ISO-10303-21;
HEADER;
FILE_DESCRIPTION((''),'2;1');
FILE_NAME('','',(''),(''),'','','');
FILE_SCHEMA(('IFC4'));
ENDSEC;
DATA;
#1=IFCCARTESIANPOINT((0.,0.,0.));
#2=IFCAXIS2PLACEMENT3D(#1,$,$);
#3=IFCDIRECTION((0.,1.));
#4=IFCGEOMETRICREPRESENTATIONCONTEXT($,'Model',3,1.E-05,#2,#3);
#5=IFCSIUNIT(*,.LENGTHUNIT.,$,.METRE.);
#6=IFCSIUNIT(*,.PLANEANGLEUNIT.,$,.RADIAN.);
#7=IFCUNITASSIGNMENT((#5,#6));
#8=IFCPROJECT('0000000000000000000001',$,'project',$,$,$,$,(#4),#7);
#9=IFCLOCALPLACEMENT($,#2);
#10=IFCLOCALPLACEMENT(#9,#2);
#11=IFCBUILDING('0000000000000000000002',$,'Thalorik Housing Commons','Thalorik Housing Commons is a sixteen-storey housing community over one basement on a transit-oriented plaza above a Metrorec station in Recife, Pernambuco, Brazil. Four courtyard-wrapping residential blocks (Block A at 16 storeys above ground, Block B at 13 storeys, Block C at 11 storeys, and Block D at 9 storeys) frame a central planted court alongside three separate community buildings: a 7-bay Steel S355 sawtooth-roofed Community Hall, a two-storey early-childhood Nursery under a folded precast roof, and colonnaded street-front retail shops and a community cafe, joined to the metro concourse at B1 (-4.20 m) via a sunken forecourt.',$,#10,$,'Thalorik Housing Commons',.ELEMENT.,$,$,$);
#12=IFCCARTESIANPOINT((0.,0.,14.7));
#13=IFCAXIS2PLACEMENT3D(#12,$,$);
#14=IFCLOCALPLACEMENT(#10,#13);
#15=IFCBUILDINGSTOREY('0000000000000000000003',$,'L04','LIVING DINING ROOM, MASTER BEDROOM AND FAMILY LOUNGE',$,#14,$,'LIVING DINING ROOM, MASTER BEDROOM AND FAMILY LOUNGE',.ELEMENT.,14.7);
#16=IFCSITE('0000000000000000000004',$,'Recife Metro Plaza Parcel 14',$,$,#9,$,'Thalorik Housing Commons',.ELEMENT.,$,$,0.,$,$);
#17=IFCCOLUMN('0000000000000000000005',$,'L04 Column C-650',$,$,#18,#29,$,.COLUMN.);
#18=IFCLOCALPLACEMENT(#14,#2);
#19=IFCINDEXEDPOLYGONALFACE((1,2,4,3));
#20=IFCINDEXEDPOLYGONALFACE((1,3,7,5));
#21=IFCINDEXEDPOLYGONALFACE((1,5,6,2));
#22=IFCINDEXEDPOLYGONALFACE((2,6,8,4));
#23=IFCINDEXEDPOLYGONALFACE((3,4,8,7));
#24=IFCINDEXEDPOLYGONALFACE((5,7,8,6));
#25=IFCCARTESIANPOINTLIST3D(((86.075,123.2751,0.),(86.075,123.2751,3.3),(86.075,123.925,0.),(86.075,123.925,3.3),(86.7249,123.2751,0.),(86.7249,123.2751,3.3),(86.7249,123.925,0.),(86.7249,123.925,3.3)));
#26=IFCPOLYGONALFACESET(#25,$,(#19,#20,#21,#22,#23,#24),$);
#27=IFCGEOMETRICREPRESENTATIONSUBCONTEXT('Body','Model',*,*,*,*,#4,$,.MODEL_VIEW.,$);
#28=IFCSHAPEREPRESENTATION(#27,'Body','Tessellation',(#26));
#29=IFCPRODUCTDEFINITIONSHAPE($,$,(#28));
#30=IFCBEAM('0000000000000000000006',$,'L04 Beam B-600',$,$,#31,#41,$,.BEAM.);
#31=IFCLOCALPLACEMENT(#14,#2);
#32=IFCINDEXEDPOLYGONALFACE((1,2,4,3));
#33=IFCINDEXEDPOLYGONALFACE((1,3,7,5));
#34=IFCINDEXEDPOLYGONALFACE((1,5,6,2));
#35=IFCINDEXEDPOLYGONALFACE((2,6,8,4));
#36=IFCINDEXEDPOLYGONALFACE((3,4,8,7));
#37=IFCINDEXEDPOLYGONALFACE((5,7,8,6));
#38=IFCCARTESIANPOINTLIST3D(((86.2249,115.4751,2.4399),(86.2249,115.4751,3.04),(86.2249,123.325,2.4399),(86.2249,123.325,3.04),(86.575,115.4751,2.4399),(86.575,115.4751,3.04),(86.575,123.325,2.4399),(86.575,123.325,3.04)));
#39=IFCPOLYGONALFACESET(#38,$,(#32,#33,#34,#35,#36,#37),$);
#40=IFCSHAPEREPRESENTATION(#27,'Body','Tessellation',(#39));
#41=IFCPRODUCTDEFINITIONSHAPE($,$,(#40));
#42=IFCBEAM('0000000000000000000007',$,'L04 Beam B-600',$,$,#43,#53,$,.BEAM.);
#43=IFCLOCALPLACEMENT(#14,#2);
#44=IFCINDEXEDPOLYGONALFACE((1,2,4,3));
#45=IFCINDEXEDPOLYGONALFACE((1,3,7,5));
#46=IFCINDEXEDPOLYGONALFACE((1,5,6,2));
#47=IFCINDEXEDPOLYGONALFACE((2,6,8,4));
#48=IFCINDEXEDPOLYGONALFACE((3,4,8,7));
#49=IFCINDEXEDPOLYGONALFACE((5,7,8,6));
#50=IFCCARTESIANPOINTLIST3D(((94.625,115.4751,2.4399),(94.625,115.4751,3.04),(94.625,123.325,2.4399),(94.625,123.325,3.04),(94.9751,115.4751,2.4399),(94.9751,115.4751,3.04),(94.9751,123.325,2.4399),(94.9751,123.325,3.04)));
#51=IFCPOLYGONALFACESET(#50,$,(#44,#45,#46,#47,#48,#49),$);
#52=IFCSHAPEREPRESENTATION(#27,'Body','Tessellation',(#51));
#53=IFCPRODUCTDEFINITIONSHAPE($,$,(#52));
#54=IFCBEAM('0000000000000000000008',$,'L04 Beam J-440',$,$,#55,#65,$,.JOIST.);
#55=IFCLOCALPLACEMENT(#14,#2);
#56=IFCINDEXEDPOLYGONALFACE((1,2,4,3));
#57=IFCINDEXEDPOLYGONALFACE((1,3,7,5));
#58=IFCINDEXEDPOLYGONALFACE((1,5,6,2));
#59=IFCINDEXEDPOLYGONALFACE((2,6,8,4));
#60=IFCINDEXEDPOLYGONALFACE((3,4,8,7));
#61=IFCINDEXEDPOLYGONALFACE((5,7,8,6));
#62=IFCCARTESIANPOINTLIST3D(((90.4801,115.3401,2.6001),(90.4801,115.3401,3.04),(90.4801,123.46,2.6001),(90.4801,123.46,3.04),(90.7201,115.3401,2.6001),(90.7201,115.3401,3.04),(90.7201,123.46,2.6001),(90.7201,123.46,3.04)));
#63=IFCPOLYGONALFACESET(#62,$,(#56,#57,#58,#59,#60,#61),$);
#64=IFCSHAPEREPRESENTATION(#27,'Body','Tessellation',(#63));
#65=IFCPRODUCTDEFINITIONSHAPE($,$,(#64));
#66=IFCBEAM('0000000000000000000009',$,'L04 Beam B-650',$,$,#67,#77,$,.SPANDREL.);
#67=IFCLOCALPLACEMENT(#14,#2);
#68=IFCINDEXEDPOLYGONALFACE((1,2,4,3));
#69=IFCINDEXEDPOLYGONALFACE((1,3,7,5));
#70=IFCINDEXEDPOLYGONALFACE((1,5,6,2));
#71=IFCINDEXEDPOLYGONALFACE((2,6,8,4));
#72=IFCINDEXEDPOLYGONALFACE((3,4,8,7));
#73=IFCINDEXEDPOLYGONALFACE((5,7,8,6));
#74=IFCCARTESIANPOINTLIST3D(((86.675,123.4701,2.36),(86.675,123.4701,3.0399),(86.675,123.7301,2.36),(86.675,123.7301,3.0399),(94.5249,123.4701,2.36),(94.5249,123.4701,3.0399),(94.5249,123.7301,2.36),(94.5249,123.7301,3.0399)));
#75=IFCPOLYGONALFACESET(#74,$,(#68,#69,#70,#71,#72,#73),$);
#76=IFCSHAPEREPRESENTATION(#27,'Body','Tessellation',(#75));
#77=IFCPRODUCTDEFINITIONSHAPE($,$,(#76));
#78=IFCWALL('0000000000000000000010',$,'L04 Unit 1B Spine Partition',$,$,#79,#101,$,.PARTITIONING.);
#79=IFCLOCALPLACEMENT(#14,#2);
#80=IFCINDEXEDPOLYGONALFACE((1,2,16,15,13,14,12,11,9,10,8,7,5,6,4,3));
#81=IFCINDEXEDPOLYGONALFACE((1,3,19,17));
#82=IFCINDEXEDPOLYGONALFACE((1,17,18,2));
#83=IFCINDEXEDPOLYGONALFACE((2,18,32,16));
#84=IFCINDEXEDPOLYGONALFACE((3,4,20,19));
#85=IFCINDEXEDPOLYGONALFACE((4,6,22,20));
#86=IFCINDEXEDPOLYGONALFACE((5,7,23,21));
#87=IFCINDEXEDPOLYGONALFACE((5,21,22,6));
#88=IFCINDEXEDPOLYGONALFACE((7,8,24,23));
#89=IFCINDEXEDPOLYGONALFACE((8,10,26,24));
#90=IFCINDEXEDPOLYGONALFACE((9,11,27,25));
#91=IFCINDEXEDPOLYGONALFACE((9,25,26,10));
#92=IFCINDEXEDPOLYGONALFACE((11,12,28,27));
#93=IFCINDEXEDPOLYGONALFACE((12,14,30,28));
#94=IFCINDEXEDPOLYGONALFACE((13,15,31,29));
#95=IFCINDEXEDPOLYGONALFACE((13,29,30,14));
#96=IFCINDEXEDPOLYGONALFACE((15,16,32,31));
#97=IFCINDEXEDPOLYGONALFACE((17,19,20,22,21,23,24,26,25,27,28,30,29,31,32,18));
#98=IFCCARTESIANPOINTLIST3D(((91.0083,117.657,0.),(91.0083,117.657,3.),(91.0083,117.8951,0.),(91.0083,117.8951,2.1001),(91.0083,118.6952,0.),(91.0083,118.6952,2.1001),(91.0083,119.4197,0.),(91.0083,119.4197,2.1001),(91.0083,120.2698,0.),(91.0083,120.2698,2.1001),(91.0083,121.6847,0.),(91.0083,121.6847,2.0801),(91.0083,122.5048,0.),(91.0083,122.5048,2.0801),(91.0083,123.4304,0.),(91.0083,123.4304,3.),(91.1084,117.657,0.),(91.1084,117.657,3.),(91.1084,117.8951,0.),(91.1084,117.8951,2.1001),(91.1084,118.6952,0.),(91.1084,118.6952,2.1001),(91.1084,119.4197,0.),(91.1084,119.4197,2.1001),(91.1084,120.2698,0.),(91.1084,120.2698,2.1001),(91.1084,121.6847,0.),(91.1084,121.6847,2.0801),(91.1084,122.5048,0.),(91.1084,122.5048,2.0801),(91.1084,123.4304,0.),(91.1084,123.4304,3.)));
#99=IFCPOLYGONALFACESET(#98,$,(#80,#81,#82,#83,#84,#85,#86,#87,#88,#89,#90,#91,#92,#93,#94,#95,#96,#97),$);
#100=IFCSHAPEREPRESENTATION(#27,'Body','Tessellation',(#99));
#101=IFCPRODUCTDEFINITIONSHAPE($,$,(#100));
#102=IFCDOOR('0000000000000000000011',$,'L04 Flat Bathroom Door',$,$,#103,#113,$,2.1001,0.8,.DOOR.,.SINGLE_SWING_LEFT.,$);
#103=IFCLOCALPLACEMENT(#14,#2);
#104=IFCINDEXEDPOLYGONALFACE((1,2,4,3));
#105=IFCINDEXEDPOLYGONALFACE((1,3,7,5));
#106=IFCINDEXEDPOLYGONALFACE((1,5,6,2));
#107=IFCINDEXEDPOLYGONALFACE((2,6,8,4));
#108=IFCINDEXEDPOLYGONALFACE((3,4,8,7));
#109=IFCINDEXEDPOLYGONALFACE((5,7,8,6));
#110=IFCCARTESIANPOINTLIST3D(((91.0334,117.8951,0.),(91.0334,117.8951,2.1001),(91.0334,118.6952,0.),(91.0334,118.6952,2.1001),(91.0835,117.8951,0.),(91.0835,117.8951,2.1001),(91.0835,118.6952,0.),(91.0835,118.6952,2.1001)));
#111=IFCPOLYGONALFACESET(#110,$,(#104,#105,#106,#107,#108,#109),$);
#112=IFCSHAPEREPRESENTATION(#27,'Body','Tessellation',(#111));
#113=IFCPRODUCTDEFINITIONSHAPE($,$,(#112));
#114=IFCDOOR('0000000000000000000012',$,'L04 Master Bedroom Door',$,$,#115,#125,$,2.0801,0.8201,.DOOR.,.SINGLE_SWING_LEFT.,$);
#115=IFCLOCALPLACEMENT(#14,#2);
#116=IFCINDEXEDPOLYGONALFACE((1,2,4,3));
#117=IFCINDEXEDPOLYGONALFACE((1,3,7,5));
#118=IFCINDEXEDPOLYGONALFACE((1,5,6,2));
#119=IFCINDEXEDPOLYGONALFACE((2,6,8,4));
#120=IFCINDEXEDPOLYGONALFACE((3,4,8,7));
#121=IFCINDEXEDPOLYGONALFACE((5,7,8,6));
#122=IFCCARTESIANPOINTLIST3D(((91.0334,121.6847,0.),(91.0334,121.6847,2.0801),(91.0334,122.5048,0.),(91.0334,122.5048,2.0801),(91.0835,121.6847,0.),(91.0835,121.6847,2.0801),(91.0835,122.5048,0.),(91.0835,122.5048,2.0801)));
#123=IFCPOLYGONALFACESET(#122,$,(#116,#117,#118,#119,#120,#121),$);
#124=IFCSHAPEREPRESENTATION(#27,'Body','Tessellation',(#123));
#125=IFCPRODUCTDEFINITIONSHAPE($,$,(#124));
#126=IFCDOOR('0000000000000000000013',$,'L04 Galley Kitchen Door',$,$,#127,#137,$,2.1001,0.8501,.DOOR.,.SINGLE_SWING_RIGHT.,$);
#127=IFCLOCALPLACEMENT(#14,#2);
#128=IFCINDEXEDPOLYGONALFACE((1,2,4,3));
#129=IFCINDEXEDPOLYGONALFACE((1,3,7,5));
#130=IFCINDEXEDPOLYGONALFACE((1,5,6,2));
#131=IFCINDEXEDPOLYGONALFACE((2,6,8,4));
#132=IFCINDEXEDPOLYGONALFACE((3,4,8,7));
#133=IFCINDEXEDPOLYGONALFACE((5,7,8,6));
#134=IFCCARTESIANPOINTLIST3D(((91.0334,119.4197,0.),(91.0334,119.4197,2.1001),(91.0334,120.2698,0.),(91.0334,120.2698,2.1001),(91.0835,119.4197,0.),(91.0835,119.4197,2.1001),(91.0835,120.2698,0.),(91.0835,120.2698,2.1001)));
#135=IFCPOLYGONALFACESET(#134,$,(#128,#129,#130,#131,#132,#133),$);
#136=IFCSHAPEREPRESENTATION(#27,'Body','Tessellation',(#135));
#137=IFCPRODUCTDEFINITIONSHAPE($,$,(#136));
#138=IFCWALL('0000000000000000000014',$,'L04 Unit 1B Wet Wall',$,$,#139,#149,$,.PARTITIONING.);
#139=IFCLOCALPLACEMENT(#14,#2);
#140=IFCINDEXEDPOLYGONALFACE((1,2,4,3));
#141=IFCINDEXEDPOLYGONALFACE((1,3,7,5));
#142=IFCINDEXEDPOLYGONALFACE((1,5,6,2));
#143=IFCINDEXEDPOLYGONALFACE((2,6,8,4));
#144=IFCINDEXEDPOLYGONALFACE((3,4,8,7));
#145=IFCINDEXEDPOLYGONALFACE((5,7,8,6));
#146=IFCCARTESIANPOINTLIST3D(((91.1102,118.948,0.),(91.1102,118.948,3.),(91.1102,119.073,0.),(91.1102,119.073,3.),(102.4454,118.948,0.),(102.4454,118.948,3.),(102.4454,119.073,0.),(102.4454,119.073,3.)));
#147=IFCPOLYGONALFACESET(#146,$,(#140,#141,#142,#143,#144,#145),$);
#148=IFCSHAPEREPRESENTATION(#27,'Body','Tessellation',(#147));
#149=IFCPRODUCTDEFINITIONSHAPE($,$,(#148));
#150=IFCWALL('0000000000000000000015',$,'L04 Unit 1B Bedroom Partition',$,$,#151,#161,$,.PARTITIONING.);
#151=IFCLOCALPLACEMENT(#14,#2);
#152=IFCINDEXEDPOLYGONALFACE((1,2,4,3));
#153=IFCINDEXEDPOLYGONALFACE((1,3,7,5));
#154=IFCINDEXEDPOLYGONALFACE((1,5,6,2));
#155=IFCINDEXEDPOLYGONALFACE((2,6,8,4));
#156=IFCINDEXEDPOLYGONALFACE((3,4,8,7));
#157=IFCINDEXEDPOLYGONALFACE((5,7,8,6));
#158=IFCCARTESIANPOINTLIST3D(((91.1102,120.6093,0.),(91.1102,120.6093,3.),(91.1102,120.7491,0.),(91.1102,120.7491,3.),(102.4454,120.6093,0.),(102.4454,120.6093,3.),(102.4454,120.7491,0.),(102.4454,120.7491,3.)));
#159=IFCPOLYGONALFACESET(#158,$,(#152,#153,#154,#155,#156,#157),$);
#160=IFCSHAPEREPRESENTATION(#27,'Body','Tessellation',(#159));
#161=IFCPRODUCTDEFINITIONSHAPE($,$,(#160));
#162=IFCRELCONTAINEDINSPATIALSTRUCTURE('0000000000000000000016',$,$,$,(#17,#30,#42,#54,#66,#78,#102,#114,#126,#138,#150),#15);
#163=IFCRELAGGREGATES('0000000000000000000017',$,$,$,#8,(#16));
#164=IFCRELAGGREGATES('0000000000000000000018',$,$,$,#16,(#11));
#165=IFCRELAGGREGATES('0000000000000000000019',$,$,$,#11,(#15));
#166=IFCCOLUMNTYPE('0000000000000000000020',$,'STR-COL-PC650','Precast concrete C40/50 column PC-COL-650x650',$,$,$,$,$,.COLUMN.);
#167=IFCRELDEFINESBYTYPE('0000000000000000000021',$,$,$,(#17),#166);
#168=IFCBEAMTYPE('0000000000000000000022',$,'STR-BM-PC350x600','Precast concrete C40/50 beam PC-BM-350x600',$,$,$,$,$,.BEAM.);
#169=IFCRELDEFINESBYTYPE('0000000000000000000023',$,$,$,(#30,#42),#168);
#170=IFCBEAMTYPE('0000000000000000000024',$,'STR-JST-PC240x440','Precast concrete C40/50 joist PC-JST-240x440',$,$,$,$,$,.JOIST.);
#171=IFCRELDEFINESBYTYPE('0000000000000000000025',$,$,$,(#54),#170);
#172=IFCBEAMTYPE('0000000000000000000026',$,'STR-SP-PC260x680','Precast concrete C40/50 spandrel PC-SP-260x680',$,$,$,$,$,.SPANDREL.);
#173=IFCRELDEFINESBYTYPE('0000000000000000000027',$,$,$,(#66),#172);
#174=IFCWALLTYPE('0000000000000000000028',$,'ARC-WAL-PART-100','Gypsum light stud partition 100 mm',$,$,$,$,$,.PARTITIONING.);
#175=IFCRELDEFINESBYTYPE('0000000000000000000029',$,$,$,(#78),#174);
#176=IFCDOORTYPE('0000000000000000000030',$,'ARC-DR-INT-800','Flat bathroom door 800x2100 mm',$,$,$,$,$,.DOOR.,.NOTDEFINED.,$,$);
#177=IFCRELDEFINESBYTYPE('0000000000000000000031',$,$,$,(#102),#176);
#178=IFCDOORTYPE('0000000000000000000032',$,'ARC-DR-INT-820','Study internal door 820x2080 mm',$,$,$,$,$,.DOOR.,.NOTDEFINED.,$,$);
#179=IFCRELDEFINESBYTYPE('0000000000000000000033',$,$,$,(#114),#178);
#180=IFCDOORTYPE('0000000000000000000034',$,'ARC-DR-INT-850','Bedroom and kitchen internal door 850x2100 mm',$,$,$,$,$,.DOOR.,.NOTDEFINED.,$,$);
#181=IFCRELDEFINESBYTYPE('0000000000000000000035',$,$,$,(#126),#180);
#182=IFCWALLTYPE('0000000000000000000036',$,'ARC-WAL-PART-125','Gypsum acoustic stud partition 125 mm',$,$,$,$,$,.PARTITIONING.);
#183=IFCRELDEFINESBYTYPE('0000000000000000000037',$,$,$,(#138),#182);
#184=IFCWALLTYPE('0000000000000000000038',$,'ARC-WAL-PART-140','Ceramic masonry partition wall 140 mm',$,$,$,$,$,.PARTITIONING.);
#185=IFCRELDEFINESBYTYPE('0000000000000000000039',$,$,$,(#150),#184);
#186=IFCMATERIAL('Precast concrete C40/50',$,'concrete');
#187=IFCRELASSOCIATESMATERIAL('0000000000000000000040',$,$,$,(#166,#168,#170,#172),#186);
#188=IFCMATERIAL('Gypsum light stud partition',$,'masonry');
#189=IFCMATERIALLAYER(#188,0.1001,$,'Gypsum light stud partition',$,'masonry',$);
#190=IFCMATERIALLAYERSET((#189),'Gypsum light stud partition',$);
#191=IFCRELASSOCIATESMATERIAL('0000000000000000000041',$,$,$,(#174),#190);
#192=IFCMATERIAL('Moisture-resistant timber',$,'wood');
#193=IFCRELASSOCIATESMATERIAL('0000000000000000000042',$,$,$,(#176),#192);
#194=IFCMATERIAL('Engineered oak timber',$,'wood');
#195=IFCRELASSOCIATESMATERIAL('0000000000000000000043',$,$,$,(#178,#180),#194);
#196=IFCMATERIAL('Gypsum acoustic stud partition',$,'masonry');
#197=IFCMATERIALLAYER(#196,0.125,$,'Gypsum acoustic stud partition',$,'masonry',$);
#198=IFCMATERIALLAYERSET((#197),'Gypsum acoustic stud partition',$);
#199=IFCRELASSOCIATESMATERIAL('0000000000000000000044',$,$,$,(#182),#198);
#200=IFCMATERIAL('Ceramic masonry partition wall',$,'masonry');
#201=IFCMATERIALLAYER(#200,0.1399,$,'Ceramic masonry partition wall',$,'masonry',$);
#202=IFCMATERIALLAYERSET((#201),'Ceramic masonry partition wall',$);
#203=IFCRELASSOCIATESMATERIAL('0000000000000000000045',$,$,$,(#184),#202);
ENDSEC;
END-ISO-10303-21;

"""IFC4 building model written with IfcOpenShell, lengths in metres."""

from ifc_helpers import new_model, si_unit, direction, frame, frame_2d, origin, origin_2d, place, context, subcontext, project, spatial, rectangle, extrude, material, layer, layer_set, material_profile, profile_set, type_object, element, fill, save


model = new_model("IFC4")

# Units and contexts
model_context = context("Model", 3, precision=1e-05, world=origin(), true_north=direction((0.0, 1.0)))
body_context = subcontext(model_context, "Body", "Model", "MODEL_VIEW")
ifc_project = project(units=[si_unit("LENGTHUNIT", "METRE"), si_unit("PLANEANGLEUNIT", "RADIAN")], contexts=[model_context])

# Site, building, storey
site_placement = place(None, origin())
site = spatial("IfcSite", under=ifc_project, at=site_placement, Name="Recife Metro Plaza Parcel 14", LongName="Thalorik Housing Commons", CompositionType="ELEMENT", RefElevation=0.0)
building_placement = place(site_placement, origin())
building = spatial("IfcBuilding", under=site, at=building_placement, Name="Thalorik Housing Commons", Description="Thalorik Housing Commons is a sixteen-storey housing community over one basement on a transit-oriented plaza above a Metrorec station in Recife, Pernambuco, Brazil. Four courtyard-wrapping residential blocks (Block A at 16 storeys above ground, Block B at 13 storeys, Block C at 11 storeys, and Block D at 9 storeys) frame a central planted court alongside three separate community buildings: a 7-bay Steel S355 sawtooth-roofed Community Hall, a two-storey early-childhood Nursery under a folded precast roof, and colonnaded street-front retail shops and a community cafe, joined to the metro concourse at B1 (-4.20 m) via a sunken forecourt.", LongName="Thalorik Housing Commons", CompositionType="ELEMENT")
storey_placement = place(building_placement, frame((0.0, 0.0, 14.7)))
storey = spatial("IfcBuildingStorey", under=building, at=storey_placement, Name="L04", Description="LIVING DINING ROOM, MASTER BEDROOM AND FAMILY LOUNGE", LongName="LIVING DINING ROOM, MASTER BEDROOM AND FAMILY LOUNGE", CompositionType="ELEMENT", Elevation=14.7)

# Column
ifc_material_1 = material(Name="Precast concrete C40/50", Category="concrete")
ifc_material_profile_1 = material_profile(ifc_material_1, rectangle(XDim=0.6499, YDim=0.6499, at=origin_2d()), Name="PC 650x650", Category="concrete")
ifc_profile_set_1 = profile_set([ifc_material_profile_1], Name="Precast concrete C40/50")
column_type = type_object("IfcColumnType", Name="STR-COL-PC650", Description="Precast concrete C40/50 column PC-COL-650x650", PredefinedType="COLUMN", material=ifc_profile_set_1)
column_placement = place(storey_placement, frame((86.3999, 123.6001, 0.0), z_axis=(0.0, 0.0, 1.0), x_axis=(1.0, 0.0, 0.0)))
element("IfcColumn", 1, at=column_placement, inside=storey, type_object=column_type, Name="L04 Column C-650", PredefinedType="COLUMN", context=body_context, shape_type="SweptSolid", body=[
    extrude(rectangle(XDim=0.6499, YDim=0.6499, at=origin_2d()), origin(), (0.0, 0.0, 1.0), 3.3),
])

# Beams
ifc_material_profile_2 = material_profile(ifc_material_1, rectangle(XDim=0.3501, YDim=0.6001, at=origin_2d()), Name="PC 350x600", Category="concrete")
ifc_profile_set_2 = profile_set([ifc_material_profile_2], Name="Precast concrete C40/50")
beam_type_1 = type_object("IfcBeamType", Name="STR-BM-PC350x600", Description="Precast concrete C40/50 beam PC-BM-350x600", PredefinedType="BEAM", material=ifc_profile_set_2)
for number, where, z_axis, x_axis, name in (
    (2, (86.3999, 115.4751, 2.74), (0.0, 1.0, 0.0), (-1.0, 0.0, 0.0), "L04 Beam B-600"),
    (3, (94.8, 115.4751, 2.74), (0.0, 1.0, 0.0), (-1.0, 0.0, 0.0), "L04 Beam B-600"),
):
    element("IfcBeam", number, at=place(storey_placement, frame(where, z_axis=z_axis, x_axis=x_axis)), inside=storey, type_object=beam_type_1, Name=name, PredefinedType="BEAM", context=body_context, shape_type="SweptSolid", body=[
        extrude(rectangle(XDim=0.3501, YDim=0.6001, at=origin_2d()), origin(), (0.0, 0.0, 1.0), 7.8499),
    ])
ifc_material_profile_3 = material_profile(ifc_material_1, rectangle(XDim=0.24, YDim=0.4399, at=origin_2d()), Name="PC JST 240x440", Category="concrete")
ifc_profile_set_3 = profile_set([ifc_material_profile_3], Name="Precast concrete C40/50")
beam_type_2 = type_object("IfcBeamType", Name="STR-JST-PC240x440", Description="Precast concrete C40/50 joist PC-JST-240x440", PredefinedType="JOIST", material=ifc_profile_set_3)
beam_1_placement = place(storey_placement, frame((90.6001, 115.3401, 2.8201), z_axis=(0.0, 1.0, 0.0), x_axis=(-1.0, 0.0, 0.0)))
element("IfcBeam", 4, at=beam_1_placement, inside=storey, type_object=beam_type_2, Name="L04 Beam J-440", PredefinedType="JOIST", context=body_context, shape_type="SweptSolid", body=[
    extrude(rectangle(XDim=0.24, YDim=0.4399, at=origin_2d()), origin(), (0.0, 0.0, 1.0), 8.1199),
])
ifc_material_profile_4 = material_profile(ifc_material_1, rectangle(XDim=0.26, YDim=0.6799, at=origin_2d()), Name="PC SP 260x680", Category="concrete")
ifc_profile_set_4 = profile_set([ifc_material_profile_4], Name="Precast concrete C40/50")
beam_type_3 = type_object("IfcBeamType", Name="STR-SP-PC260x680", Description="Precast concrete C40/50 spandrel PC-SP-260x680", PredefinedType="SPANDREL", material=ifc_profile_set_4)
beam_2_placement = place(storey_placement, frame((86.675, 123.6001, 2.7), z_axis=(1.0, 0.0, 0.0), x_axis=(0.0, 1.0, 0.0)))
element("IfcBeam", 5, at=beam_2_placement, inside=storey, type_object=beam_type_3, Name="L04 Beam B-650", PredefinedType="SPANDREL", context=body_context, shape_type="SweptSolid", body=[
    extrude(rectangle(XDim=0.26, YDim=0.6799, at=origin_2d()), origin(), (0.0, 0.0, 1.0), 7.8499),
])

# Wall, openings, doors
ifc_material_2 = material(Name="Gypsum light stud partition", Category="masonry")
ifc_layer_1 = layer(ifc_material_2, 0.1001, Name="Gypsum light stud partition", Category="masonry")
ifc_layer_set_1 = layer_set([ifc_layer_1], Name="Gypsum light stud partition")
wall_type_1 = type_object("IfcWallType", Name="ARC-WAL-PART-100", Description="Gypsum light stud partition 100 mm", PredefinedType="PARTITIONING", material=ifc_layer_set_1)
wall_1_placement = place(storey_placement, frame((91.0583, 117.657, 0.0), z_axis=(0.0, 0.0, 1.0), x_axis=(0.0, 1.0, 0.0)))
wall_1 = element("IfcWall", 6, at=wall_1_placement, inside=storey, type_object=wall_type_1, Name="L04 Unit 1B Spine Partition", PredefinedType="PARTITIONING", context=body_context, shape_type="SweptSolid", body=[
    extrude(rectangle(XDim=5.7734, YDim=0.1001, at=frame_2d((2.8867, 0.0))), origin(), (0.0, 0.0, 1.0), 3.0),
])
opening_1_placement = place(wall_1_placement, frame((0.2383, 0.0, 0.0)))
opening_1 = element("IfcOpeningElement", 7, at=opening_1_placement, cuts=wall_1, PredefinedType="OPENING", context=body_context, shape_type="SweptSolid", body=[
    extrude(rectangle(XDim=0.8, YDim=2.1001, at=frame_2d((0.3999, 1.05))), frame((0.0, 0.0601, 0.0), z_axis=(0.0, -1.0, 0.0), x_axis=(1.0, 0.0, 0.0)), (0.0, 0.0, 1.0), 0.1201),
])
opening_2_placement = place(wall_1_placement, frame((1.7627, 0.0, 0.0)))
opening_2 = element("IfcOpeningElement", 8, at=opening_2_placement, cuts=wall_1, PredefinedType="OPENING", context=body_context, shape_type="SweptSolid", body=[
    extrude(rectangle(XDim=0.8501, YDim=2.1001, at=frame_2d((0.425, 1.05))), frame((0.0, 0.0601, 0.0), z_axis=(0.0, -1.0, 0.0), x_axis=(1.0, 0.0, 0.0)), (0.0, 0.0, 1.0), 0.1201),
])
opening_3_placement = place(wall_1_placement, frame((4.0276, 0.0, 0.0)))
opening_3 = element("IfcOpeningElement", 9, at=opening_3_placement, cuts=wall_1, PredefinedType="OPENING", context=body_context, shape_type="SweptSolid", body=[
    extrude(rectangle(XDim=0.8201, YDim=2.0801, at=frame_2d((0.4102, 1.04))), frame((0.0, 0.0601, 0.0), z_axis=(0.0, -1.0, 0.0), x_axis=(1.0, 0.0, 0.0)), (0.0, 0.0, 1.0), 0.1201),
])
ifc_material_3 = material(Name="Moisture-resistant timber", Category="wood")
door_type_1 = type_object("IfcDoorType", Name="ARC-DR-INT-800", Description="Flat bathroom door 800x2100 mm", OperationType="NOTDEFINED", PredefinedType="DOOR", material=ifc_material_3)
door_1_placement = place(opening_1_placement, origin())
door_1 = element("IfcDoor", 10, at=door_1_placement, inside=storey, type_object=door_type_1, Name="L04 Flat Bathroom Door", OperationType="SINGLE_SWING_LEFT", OverallHeight=2.1001, OverallWidth=0.8, PredefinedType="DOOR", context=body_context, shape_type="SweptSolid", body=[
    extrude(rectangle(XDim=0.8, YDim=2.1001, at=frame_2d((0.3999, 1.05))), frame((0.0, 0.0249, 0.0), z_axis=(0.0, -1.0, 0.0), x_axis=(1.0, 0.0, 0.0)), (0.0, 0.0, 1.0), 0.05),
])
fill(opening_1, door_1)
ifc_material_4 = material(Name="Engineered oak timber", Category="wood")
door_type_2 = type_object("IfcDoorType", Name="ARC-DR-INT-820", Description="Study internal door 820x2080 mm", OperationType="NOTDEFINED", PredefinedType="DOOR", material=ifc_material_4)
door_2_placement = place(opening_3_placement, origin())
door_2 = element("IfcDoor", 11, at=door_2_placement, inside=storey, type_object=door_type_2, Name="L04 Master Bedroom Door", OperationType="SINGLE_SWING_LEFT", OverallHeight=2.0801, OverallWidth=0.8201, PredefinedType="DOOR", context=body_context, shape_type="SweptSolid", body=[
    extrude(rectangle(XDim=0.8201, YDim=2.0801, at=frame_2d((0.4102, 1.04))), frame((0.0, 0.0249, 0.0), z_axis=(0.0, -1.0, 0.0), x_axis=(1.0, 0.0, 0.0)), (0.0, 0.0, 1.0), 0.05),
])
fill(opening_3, door_2)
door_type_3 = type_object("IfcDoorType", Name="ARC-DR-INT-850", Description="Bedroom and kitchen internal door 850x2100 mm", OperationType="NOTDEFINED", PredefinedType="DOOR", material=ifc_material_4)
door_3_placement = place(opening_2_placement, origin())
door_3 = element("IfcDoor", 12, at=door_3_placement, inside=storey, type_object=door_type_3, Name="L04 Galley Kitchen Door", OperationType="SINGLE_SWING_RIGHT", OverallHeight=2.1001, OverallWidth=0.8501, PredefinedType="DOOR", context=body_context, shape_type="SweptSolid", body=[
    extrude(rectangle(XDim=0.8501, YDim=2.1001, at=frame_2d((0.425, 1.05))), frame((0.0, 0.0249, 0.0), z_axis=(0.0, -1.0, 0.0), x_axis=(1.0, 0.0, 0.0)), (0.0, 0.0, 1.0), 0.05),
])
fill(opening_2, door_3)

# Walls
ifc_material_5 = material(Name="Gypsum acoustic stud partition", Category="masonry")
ifc_layer_2 = layer(ifc_material_5, 0.125, Name="Gypsum acoustic stud partition", Category="masonry")
ifc_layer_set_2 = layer_set([ifc_layer_2], Name="Gypsum acoustic stud partition")
wall_type_2 = type_object("IfcWallType", Name="ARC-WAL-PART-125", Description="Gypsum acoustic stud partition 125 mm", PredefinedType="PARTITIONING", material=ifc_layer_set_2)
wall_2_placement = place(storey_placement, frame((91.1104, 119.0105, 0.0), z_axis=(0.0, 0.0, 1.0), x_axis=(1.0, 0.0, 0.0)))
element("IfcWall", 13, at=wall_2_placement, inside=storey, type_object=wall_type_2, Name="L04 Unit 1B Wet Wall", PredefinedType="PARTITIONING", context=body_context, shape_type="SweptSolid", body=[
    extrude(rectangle(XDim=11.3352, YDim=0.125, at=frame_2d((5.6675, 0.0))), origin(), (0.0, 0.0, 1.0), 3.0),
])
ifc_material_6 = material(Name="Ceramic masonry partition wall", Category="masonry")
ifc_layer_3 = layer(ifc_material_6, 0.1399, Name="Ceramic masonry partition wall", Category="masonry")
ifc_layer_set_3 = layer_set([ifc_layer_3], Name="Ceramic masonry partition wall")
wall_type_3 = type_object("IfcWallType", Name="ARC-WAL-PART-140", Description="Ceramic masonry partition wall 140 mm", PredefinedType="PARTITIONING", material=ifc_layer_set_3)
wall_3_placement = place(storey_placement, frame((91.1104, 120.6792, 0.0), z_axis=(0.0, 0.0, 1.0), x_axis=(1.0, 0.0, 0.0)))
element("IfcWall", 14, at=wall_3_placement, inside=storey, type_object=wall_type_3, Name="L04 Unit 1B Bedroom Partition", PredefinedType="PARTITIONING", context=body_context, shape_type="SweptSolid", body=[
    extrude(rectangle(XDim=11.3352, YDim=0.1399, at=frame_2d((5.6675, 0.0))), origin(), (0.0, 0.0, 1.0), 3.0),
])

save(model, "model.ifc")
